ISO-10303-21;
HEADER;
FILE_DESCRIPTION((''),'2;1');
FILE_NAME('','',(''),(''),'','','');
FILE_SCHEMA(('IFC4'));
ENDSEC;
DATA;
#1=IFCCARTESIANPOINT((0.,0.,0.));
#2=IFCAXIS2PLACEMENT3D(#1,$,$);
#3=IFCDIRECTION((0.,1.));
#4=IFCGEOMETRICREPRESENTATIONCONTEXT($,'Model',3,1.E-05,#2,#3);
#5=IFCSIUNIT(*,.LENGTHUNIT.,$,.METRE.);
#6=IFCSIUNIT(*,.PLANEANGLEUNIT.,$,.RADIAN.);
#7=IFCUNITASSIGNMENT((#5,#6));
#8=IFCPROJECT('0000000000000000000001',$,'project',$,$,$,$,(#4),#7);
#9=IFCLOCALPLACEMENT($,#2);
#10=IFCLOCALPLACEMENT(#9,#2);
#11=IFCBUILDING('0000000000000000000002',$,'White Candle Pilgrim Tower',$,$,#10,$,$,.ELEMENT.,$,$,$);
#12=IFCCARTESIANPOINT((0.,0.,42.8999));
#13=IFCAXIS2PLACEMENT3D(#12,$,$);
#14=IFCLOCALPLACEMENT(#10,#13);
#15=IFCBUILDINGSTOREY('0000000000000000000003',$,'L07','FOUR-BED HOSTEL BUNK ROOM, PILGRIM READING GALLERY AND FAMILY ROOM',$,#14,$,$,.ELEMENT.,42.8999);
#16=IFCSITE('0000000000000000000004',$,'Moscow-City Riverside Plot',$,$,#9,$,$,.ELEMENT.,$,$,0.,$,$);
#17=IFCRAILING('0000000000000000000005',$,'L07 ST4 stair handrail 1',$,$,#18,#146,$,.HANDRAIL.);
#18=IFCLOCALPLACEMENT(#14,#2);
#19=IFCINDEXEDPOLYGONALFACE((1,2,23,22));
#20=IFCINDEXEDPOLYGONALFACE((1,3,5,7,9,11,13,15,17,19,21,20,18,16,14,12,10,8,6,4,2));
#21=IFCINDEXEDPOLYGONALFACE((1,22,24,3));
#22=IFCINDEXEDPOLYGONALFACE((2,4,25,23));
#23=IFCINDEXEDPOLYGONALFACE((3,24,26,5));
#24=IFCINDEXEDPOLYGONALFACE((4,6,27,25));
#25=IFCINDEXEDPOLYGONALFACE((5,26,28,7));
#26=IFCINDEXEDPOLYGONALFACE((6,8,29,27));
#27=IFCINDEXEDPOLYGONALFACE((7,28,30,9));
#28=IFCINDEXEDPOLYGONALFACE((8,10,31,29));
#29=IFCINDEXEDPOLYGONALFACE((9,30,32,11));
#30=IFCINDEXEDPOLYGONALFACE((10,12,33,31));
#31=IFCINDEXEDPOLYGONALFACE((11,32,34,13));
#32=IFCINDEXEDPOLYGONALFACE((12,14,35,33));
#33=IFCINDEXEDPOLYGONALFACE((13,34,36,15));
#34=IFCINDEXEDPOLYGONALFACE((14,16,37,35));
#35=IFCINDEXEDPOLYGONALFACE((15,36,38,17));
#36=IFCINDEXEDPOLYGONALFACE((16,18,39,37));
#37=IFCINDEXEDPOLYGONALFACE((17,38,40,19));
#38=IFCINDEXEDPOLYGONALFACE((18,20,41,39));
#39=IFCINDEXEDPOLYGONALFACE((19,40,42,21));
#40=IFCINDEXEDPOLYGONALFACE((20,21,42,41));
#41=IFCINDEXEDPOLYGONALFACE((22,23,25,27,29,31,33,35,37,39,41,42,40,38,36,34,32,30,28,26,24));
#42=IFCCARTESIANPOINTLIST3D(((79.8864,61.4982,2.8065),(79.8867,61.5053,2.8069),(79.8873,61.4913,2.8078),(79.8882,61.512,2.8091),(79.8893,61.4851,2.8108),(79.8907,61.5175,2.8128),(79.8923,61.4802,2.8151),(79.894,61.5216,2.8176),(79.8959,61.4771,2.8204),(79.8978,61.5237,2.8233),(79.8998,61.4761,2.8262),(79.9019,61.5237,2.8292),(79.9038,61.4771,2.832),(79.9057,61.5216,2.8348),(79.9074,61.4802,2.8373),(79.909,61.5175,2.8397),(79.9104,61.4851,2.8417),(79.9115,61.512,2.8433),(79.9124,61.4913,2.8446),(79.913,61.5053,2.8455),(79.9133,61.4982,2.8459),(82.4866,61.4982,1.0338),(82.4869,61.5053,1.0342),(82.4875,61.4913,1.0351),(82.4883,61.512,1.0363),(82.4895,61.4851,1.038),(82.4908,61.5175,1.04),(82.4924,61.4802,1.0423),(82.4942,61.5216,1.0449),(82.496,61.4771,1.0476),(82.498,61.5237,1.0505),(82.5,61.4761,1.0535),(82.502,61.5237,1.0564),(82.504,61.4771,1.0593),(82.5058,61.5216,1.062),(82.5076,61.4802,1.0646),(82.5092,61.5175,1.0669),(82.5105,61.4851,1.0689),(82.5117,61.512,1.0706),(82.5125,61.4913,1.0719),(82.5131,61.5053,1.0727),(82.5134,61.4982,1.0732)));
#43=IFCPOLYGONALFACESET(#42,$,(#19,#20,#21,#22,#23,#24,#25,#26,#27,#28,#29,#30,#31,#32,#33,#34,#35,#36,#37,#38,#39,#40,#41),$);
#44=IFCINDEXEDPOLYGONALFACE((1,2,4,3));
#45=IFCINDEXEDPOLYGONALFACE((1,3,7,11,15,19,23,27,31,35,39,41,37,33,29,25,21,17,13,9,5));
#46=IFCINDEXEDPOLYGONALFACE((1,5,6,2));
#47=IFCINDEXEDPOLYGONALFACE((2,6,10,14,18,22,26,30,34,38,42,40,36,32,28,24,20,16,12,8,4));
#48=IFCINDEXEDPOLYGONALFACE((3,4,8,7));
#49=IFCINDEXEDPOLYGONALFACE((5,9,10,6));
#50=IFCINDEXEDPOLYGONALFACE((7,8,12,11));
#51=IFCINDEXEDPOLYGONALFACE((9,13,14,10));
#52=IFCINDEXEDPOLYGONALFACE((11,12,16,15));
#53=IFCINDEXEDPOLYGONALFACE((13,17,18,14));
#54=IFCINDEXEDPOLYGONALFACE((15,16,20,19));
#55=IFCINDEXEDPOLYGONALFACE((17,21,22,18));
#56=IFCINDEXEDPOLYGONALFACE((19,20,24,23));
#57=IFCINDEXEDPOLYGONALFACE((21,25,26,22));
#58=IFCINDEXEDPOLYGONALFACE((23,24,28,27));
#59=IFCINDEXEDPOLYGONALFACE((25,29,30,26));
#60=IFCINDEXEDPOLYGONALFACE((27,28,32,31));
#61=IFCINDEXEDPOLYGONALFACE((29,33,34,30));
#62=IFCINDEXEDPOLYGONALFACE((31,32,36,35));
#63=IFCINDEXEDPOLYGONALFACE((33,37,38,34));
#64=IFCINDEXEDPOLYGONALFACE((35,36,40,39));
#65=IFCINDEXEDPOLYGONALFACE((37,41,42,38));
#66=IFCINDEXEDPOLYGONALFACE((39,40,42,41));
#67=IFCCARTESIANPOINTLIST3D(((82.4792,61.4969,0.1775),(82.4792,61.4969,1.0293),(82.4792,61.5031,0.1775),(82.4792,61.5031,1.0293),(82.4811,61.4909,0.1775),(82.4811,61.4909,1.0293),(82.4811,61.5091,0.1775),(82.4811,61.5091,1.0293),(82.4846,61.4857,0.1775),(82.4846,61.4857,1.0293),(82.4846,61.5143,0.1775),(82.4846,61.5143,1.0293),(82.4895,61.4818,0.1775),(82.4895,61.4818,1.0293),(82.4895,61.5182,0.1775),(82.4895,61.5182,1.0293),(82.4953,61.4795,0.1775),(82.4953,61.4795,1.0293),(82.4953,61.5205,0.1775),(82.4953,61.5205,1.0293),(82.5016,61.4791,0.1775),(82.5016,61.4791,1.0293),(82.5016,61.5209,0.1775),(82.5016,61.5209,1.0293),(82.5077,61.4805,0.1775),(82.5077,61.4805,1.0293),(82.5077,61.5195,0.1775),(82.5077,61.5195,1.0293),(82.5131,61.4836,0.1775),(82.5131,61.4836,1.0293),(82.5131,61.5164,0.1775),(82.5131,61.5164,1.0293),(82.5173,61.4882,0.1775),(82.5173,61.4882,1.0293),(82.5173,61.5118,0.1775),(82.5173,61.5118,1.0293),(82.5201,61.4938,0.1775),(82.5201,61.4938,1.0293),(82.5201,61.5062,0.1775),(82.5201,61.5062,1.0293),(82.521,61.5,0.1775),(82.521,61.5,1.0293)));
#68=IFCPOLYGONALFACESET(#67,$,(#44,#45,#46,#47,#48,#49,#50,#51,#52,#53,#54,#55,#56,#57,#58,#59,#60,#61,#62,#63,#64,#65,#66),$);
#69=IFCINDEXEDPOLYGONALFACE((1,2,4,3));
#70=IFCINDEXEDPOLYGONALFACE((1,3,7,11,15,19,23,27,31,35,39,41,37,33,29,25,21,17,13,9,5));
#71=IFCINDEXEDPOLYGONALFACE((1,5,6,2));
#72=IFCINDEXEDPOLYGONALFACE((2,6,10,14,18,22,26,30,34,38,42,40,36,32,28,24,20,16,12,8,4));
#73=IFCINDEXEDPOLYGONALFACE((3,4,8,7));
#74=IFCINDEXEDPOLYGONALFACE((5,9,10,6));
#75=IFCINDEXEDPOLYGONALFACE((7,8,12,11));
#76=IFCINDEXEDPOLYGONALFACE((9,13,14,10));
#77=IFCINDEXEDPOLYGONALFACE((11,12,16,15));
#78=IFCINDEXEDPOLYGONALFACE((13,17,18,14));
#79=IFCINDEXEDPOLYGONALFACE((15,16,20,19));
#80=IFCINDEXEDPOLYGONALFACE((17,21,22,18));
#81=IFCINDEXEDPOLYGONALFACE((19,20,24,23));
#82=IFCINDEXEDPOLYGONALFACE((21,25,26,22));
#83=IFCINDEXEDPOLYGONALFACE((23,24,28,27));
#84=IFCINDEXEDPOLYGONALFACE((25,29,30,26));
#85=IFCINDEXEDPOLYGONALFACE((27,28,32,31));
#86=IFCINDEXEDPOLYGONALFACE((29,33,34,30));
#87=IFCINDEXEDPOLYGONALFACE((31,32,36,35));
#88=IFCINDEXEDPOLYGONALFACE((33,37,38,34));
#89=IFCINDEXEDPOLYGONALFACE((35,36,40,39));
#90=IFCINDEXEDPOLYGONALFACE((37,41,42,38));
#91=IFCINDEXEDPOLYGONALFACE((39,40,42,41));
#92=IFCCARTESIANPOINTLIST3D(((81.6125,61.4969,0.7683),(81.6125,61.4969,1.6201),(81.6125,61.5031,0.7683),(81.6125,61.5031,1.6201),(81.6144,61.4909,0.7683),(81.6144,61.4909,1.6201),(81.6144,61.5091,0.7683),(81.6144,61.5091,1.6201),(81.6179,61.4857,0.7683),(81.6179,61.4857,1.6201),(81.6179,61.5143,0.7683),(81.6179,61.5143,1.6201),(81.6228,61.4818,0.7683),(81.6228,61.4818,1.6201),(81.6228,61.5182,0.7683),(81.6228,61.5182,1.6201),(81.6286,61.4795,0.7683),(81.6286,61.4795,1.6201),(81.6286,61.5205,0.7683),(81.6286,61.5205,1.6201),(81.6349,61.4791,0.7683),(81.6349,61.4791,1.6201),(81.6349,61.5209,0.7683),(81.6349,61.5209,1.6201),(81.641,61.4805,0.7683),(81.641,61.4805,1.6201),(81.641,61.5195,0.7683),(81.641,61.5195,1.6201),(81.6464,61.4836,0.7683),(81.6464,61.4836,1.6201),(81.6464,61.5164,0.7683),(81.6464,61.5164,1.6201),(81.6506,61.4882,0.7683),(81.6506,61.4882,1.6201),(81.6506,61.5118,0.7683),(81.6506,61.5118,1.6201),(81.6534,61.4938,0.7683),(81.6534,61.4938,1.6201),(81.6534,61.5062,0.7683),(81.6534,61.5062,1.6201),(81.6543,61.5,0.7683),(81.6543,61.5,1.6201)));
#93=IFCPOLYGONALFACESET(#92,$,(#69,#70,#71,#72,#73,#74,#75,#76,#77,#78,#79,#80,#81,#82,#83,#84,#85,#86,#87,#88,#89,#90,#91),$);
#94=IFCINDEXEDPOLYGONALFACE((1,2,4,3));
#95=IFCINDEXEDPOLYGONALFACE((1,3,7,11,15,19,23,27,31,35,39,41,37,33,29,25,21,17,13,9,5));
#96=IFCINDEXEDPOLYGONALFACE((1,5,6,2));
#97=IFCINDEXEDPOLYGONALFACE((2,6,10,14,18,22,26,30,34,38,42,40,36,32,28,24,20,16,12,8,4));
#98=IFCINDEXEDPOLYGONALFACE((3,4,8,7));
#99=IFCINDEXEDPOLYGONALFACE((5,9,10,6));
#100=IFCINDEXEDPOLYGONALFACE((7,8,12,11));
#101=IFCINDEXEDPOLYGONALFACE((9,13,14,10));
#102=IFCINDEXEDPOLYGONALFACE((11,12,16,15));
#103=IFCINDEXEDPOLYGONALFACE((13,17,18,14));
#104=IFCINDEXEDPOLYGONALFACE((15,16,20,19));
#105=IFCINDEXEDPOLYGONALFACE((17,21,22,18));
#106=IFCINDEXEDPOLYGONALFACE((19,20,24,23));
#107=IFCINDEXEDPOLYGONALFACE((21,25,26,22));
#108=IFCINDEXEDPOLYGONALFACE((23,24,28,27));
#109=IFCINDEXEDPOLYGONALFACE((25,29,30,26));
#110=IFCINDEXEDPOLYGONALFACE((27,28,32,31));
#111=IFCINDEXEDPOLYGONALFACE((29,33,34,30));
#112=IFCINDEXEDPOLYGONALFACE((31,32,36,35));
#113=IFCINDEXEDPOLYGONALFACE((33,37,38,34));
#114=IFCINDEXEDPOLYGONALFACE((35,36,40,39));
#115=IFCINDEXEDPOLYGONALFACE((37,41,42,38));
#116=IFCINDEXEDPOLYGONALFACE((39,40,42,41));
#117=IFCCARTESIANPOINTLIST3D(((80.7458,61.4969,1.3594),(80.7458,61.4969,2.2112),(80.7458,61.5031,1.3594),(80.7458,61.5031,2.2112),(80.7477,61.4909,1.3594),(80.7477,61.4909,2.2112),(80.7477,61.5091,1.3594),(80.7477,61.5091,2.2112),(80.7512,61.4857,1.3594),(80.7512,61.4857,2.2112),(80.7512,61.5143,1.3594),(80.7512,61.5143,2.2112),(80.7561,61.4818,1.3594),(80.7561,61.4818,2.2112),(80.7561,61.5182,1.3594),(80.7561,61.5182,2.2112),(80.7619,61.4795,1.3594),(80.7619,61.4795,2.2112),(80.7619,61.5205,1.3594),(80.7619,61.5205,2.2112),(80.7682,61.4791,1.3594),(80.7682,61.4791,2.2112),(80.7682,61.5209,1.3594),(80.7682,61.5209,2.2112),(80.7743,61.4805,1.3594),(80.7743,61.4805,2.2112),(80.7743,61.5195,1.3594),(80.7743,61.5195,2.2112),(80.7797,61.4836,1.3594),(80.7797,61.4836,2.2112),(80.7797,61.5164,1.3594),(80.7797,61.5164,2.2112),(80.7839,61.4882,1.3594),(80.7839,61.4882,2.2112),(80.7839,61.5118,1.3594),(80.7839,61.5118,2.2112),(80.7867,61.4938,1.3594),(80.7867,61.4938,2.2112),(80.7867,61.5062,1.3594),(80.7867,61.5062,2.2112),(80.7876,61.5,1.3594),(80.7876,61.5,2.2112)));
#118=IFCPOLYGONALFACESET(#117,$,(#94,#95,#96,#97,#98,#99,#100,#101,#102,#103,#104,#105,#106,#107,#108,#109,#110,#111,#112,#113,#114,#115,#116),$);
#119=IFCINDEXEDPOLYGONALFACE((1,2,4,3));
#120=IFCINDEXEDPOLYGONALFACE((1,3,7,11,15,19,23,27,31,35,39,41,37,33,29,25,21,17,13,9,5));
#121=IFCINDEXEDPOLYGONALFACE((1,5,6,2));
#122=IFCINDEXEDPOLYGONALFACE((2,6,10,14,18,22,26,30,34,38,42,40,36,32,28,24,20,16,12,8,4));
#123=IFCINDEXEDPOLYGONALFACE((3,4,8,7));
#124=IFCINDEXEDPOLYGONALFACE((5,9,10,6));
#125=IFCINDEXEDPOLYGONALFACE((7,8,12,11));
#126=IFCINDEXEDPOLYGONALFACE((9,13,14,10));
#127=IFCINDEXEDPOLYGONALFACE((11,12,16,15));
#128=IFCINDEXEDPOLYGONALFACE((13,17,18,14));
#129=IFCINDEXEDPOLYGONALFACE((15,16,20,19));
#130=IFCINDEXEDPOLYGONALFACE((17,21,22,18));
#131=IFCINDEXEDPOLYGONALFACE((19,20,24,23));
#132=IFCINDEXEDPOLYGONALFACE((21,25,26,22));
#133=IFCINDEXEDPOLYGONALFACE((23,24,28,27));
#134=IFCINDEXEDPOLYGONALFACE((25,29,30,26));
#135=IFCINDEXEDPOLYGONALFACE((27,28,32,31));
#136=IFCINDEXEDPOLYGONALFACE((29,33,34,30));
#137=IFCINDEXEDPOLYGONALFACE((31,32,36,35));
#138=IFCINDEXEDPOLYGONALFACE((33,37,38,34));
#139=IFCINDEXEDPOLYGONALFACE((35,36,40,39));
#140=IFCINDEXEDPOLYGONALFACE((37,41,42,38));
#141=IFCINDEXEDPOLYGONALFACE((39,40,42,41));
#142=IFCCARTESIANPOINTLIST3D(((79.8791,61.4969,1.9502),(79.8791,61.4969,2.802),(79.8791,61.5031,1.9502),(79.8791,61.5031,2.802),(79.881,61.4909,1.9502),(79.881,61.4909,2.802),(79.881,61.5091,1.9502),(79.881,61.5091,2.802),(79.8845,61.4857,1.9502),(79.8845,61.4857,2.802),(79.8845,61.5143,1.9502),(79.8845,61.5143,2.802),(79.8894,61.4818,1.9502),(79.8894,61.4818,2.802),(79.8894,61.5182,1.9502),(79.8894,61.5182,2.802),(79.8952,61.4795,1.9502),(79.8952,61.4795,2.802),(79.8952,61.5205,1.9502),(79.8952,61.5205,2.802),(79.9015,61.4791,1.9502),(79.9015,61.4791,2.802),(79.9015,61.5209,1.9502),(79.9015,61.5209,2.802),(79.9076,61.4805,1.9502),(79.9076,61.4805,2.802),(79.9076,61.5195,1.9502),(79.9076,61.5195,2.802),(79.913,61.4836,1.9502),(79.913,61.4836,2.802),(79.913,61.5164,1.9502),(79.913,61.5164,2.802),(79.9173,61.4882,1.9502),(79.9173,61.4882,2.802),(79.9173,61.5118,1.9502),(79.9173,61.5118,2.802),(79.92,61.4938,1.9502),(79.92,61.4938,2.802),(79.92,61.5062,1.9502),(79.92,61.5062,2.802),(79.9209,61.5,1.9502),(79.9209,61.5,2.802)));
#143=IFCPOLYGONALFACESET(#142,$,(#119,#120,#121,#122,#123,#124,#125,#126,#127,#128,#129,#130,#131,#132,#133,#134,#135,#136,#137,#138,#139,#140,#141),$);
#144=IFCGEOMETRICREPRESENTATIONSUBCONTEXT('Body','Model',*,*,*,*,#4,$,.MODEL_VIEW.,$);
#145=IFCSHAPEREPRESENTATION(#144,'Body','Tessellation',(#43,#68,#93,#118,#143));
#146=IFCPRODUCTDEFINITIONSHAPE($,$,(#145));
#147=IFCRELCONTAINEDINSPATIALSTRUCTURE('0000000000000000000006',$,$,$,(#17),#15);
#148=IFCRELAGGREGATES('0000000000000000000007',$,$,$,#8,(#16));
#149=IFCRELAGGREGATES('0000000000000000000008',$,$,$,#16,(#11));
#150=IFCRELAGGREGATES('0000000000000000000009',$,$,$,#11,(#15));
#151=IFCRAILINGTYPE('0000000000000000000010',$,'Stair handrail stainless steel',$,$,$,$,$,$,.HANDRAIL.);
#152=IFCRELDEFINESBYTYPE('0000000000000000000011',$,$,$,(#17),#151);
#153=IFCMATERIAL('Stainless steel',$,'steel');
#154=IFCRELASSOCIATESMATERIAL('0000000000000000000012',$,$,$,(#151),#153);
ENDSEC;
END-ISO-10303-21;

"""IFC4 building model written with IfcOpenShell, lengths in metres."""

from ifc_helpers import new_model, si_unit, direction, frame, origin, origin_2d, place, context, subcontext, project, spatial, circle, extrude, material, type_object, element, save


model = new_model("IFC4")

# Units and contexts
model_context = context("Model", 3, precision=1e-05, world=origin(), true_north=direction((0.0, 1.0)))
body_context = subcontext(model_context, "Body", "Model", "MODEL_VIEW")
ifc_project = project(units=[si_unit("LENGTHUNIT", "METRE"), si_unit("PLANEANGLEUNIT", "RADIAN")], contexts=[model_context])

# Site, building, storey
site_placement = place(None, origin())
site = spatial("IfcSite", under=ifc_project, at=site_placement, Name="Moscow-City Riverside Plot", CompositionType="ELEMENT", RefElevation=0.0)
building_placement = place(site_placement, origin())
building = spatial("IfcBuilding", under=site, at=building_placement, Name="White Candle Pilgrim Tower", CompositionType="ELEMENT")
storey_placement = place(building_placement, frame((0.0, 0.0, 42.8999)))
storey = spatial("IfcBuildingStorey", under=building, at=storey_placement, Name="L07", Description="FOUR-BED HOSTEL BUNK ROOM, PILGRIM READING GALLERY AND FAMILY ROOM", CompositionType="ELEMENT", Elevation=42.8999)

# Railing
ifc_material_1 = material(Name="Stainless steel", Category="steel")
railing_type_1 = type_object("IfcRailingType", Name="Stair handrail stainless steel", PredefinedType="HANDRAIL", material=ifc_material_1)
railing_1_placement = place(storey_placement, frame((82.5, 61.5, 0.1775)))
element("IfcRailing", 1, at=railing_1_placement, inside=storey, type_object=railing_type_1, Name="L07 ST4 stair handrail 1", PredefinedType="HANDRAIL", context=body_context, shape_type="SweptSolid", body=[
    extrude(circle(Radius=0.0239, at=origin_2d()), frame((0.0, 0.0, 0.876), z_axis=(-0.82624, 0.0, 0.563318), x_axis=(0.0, -1.0, 0.0)), (0.0, 0.0, 1.0), 3.147),
    extrude(circle(Radius=0.021, at=origin_2d()), origin(), (0.0, 0.0, 1.0), 0.8518),
    extrude(circle(Radius=0.021, at=origin_2d()), frame((-0.8667, 0.0, 0.5908)), (0.0, 0.0, 1.0), 0.8518),
    extrude(circle(Radius=0.021, at=origin_2d()), frame((-1.7334, 0.0, 1.1819)), (0.0, 0.0, 1.0), 0.8518),
    extrude(circle(Radius=0.021, at=origin_2d()), frame((-2.6001, 0.0, 1.7727)), (0.0, 0.0, 1.0), 0.8518),
])

save(model, "model.ifc")
